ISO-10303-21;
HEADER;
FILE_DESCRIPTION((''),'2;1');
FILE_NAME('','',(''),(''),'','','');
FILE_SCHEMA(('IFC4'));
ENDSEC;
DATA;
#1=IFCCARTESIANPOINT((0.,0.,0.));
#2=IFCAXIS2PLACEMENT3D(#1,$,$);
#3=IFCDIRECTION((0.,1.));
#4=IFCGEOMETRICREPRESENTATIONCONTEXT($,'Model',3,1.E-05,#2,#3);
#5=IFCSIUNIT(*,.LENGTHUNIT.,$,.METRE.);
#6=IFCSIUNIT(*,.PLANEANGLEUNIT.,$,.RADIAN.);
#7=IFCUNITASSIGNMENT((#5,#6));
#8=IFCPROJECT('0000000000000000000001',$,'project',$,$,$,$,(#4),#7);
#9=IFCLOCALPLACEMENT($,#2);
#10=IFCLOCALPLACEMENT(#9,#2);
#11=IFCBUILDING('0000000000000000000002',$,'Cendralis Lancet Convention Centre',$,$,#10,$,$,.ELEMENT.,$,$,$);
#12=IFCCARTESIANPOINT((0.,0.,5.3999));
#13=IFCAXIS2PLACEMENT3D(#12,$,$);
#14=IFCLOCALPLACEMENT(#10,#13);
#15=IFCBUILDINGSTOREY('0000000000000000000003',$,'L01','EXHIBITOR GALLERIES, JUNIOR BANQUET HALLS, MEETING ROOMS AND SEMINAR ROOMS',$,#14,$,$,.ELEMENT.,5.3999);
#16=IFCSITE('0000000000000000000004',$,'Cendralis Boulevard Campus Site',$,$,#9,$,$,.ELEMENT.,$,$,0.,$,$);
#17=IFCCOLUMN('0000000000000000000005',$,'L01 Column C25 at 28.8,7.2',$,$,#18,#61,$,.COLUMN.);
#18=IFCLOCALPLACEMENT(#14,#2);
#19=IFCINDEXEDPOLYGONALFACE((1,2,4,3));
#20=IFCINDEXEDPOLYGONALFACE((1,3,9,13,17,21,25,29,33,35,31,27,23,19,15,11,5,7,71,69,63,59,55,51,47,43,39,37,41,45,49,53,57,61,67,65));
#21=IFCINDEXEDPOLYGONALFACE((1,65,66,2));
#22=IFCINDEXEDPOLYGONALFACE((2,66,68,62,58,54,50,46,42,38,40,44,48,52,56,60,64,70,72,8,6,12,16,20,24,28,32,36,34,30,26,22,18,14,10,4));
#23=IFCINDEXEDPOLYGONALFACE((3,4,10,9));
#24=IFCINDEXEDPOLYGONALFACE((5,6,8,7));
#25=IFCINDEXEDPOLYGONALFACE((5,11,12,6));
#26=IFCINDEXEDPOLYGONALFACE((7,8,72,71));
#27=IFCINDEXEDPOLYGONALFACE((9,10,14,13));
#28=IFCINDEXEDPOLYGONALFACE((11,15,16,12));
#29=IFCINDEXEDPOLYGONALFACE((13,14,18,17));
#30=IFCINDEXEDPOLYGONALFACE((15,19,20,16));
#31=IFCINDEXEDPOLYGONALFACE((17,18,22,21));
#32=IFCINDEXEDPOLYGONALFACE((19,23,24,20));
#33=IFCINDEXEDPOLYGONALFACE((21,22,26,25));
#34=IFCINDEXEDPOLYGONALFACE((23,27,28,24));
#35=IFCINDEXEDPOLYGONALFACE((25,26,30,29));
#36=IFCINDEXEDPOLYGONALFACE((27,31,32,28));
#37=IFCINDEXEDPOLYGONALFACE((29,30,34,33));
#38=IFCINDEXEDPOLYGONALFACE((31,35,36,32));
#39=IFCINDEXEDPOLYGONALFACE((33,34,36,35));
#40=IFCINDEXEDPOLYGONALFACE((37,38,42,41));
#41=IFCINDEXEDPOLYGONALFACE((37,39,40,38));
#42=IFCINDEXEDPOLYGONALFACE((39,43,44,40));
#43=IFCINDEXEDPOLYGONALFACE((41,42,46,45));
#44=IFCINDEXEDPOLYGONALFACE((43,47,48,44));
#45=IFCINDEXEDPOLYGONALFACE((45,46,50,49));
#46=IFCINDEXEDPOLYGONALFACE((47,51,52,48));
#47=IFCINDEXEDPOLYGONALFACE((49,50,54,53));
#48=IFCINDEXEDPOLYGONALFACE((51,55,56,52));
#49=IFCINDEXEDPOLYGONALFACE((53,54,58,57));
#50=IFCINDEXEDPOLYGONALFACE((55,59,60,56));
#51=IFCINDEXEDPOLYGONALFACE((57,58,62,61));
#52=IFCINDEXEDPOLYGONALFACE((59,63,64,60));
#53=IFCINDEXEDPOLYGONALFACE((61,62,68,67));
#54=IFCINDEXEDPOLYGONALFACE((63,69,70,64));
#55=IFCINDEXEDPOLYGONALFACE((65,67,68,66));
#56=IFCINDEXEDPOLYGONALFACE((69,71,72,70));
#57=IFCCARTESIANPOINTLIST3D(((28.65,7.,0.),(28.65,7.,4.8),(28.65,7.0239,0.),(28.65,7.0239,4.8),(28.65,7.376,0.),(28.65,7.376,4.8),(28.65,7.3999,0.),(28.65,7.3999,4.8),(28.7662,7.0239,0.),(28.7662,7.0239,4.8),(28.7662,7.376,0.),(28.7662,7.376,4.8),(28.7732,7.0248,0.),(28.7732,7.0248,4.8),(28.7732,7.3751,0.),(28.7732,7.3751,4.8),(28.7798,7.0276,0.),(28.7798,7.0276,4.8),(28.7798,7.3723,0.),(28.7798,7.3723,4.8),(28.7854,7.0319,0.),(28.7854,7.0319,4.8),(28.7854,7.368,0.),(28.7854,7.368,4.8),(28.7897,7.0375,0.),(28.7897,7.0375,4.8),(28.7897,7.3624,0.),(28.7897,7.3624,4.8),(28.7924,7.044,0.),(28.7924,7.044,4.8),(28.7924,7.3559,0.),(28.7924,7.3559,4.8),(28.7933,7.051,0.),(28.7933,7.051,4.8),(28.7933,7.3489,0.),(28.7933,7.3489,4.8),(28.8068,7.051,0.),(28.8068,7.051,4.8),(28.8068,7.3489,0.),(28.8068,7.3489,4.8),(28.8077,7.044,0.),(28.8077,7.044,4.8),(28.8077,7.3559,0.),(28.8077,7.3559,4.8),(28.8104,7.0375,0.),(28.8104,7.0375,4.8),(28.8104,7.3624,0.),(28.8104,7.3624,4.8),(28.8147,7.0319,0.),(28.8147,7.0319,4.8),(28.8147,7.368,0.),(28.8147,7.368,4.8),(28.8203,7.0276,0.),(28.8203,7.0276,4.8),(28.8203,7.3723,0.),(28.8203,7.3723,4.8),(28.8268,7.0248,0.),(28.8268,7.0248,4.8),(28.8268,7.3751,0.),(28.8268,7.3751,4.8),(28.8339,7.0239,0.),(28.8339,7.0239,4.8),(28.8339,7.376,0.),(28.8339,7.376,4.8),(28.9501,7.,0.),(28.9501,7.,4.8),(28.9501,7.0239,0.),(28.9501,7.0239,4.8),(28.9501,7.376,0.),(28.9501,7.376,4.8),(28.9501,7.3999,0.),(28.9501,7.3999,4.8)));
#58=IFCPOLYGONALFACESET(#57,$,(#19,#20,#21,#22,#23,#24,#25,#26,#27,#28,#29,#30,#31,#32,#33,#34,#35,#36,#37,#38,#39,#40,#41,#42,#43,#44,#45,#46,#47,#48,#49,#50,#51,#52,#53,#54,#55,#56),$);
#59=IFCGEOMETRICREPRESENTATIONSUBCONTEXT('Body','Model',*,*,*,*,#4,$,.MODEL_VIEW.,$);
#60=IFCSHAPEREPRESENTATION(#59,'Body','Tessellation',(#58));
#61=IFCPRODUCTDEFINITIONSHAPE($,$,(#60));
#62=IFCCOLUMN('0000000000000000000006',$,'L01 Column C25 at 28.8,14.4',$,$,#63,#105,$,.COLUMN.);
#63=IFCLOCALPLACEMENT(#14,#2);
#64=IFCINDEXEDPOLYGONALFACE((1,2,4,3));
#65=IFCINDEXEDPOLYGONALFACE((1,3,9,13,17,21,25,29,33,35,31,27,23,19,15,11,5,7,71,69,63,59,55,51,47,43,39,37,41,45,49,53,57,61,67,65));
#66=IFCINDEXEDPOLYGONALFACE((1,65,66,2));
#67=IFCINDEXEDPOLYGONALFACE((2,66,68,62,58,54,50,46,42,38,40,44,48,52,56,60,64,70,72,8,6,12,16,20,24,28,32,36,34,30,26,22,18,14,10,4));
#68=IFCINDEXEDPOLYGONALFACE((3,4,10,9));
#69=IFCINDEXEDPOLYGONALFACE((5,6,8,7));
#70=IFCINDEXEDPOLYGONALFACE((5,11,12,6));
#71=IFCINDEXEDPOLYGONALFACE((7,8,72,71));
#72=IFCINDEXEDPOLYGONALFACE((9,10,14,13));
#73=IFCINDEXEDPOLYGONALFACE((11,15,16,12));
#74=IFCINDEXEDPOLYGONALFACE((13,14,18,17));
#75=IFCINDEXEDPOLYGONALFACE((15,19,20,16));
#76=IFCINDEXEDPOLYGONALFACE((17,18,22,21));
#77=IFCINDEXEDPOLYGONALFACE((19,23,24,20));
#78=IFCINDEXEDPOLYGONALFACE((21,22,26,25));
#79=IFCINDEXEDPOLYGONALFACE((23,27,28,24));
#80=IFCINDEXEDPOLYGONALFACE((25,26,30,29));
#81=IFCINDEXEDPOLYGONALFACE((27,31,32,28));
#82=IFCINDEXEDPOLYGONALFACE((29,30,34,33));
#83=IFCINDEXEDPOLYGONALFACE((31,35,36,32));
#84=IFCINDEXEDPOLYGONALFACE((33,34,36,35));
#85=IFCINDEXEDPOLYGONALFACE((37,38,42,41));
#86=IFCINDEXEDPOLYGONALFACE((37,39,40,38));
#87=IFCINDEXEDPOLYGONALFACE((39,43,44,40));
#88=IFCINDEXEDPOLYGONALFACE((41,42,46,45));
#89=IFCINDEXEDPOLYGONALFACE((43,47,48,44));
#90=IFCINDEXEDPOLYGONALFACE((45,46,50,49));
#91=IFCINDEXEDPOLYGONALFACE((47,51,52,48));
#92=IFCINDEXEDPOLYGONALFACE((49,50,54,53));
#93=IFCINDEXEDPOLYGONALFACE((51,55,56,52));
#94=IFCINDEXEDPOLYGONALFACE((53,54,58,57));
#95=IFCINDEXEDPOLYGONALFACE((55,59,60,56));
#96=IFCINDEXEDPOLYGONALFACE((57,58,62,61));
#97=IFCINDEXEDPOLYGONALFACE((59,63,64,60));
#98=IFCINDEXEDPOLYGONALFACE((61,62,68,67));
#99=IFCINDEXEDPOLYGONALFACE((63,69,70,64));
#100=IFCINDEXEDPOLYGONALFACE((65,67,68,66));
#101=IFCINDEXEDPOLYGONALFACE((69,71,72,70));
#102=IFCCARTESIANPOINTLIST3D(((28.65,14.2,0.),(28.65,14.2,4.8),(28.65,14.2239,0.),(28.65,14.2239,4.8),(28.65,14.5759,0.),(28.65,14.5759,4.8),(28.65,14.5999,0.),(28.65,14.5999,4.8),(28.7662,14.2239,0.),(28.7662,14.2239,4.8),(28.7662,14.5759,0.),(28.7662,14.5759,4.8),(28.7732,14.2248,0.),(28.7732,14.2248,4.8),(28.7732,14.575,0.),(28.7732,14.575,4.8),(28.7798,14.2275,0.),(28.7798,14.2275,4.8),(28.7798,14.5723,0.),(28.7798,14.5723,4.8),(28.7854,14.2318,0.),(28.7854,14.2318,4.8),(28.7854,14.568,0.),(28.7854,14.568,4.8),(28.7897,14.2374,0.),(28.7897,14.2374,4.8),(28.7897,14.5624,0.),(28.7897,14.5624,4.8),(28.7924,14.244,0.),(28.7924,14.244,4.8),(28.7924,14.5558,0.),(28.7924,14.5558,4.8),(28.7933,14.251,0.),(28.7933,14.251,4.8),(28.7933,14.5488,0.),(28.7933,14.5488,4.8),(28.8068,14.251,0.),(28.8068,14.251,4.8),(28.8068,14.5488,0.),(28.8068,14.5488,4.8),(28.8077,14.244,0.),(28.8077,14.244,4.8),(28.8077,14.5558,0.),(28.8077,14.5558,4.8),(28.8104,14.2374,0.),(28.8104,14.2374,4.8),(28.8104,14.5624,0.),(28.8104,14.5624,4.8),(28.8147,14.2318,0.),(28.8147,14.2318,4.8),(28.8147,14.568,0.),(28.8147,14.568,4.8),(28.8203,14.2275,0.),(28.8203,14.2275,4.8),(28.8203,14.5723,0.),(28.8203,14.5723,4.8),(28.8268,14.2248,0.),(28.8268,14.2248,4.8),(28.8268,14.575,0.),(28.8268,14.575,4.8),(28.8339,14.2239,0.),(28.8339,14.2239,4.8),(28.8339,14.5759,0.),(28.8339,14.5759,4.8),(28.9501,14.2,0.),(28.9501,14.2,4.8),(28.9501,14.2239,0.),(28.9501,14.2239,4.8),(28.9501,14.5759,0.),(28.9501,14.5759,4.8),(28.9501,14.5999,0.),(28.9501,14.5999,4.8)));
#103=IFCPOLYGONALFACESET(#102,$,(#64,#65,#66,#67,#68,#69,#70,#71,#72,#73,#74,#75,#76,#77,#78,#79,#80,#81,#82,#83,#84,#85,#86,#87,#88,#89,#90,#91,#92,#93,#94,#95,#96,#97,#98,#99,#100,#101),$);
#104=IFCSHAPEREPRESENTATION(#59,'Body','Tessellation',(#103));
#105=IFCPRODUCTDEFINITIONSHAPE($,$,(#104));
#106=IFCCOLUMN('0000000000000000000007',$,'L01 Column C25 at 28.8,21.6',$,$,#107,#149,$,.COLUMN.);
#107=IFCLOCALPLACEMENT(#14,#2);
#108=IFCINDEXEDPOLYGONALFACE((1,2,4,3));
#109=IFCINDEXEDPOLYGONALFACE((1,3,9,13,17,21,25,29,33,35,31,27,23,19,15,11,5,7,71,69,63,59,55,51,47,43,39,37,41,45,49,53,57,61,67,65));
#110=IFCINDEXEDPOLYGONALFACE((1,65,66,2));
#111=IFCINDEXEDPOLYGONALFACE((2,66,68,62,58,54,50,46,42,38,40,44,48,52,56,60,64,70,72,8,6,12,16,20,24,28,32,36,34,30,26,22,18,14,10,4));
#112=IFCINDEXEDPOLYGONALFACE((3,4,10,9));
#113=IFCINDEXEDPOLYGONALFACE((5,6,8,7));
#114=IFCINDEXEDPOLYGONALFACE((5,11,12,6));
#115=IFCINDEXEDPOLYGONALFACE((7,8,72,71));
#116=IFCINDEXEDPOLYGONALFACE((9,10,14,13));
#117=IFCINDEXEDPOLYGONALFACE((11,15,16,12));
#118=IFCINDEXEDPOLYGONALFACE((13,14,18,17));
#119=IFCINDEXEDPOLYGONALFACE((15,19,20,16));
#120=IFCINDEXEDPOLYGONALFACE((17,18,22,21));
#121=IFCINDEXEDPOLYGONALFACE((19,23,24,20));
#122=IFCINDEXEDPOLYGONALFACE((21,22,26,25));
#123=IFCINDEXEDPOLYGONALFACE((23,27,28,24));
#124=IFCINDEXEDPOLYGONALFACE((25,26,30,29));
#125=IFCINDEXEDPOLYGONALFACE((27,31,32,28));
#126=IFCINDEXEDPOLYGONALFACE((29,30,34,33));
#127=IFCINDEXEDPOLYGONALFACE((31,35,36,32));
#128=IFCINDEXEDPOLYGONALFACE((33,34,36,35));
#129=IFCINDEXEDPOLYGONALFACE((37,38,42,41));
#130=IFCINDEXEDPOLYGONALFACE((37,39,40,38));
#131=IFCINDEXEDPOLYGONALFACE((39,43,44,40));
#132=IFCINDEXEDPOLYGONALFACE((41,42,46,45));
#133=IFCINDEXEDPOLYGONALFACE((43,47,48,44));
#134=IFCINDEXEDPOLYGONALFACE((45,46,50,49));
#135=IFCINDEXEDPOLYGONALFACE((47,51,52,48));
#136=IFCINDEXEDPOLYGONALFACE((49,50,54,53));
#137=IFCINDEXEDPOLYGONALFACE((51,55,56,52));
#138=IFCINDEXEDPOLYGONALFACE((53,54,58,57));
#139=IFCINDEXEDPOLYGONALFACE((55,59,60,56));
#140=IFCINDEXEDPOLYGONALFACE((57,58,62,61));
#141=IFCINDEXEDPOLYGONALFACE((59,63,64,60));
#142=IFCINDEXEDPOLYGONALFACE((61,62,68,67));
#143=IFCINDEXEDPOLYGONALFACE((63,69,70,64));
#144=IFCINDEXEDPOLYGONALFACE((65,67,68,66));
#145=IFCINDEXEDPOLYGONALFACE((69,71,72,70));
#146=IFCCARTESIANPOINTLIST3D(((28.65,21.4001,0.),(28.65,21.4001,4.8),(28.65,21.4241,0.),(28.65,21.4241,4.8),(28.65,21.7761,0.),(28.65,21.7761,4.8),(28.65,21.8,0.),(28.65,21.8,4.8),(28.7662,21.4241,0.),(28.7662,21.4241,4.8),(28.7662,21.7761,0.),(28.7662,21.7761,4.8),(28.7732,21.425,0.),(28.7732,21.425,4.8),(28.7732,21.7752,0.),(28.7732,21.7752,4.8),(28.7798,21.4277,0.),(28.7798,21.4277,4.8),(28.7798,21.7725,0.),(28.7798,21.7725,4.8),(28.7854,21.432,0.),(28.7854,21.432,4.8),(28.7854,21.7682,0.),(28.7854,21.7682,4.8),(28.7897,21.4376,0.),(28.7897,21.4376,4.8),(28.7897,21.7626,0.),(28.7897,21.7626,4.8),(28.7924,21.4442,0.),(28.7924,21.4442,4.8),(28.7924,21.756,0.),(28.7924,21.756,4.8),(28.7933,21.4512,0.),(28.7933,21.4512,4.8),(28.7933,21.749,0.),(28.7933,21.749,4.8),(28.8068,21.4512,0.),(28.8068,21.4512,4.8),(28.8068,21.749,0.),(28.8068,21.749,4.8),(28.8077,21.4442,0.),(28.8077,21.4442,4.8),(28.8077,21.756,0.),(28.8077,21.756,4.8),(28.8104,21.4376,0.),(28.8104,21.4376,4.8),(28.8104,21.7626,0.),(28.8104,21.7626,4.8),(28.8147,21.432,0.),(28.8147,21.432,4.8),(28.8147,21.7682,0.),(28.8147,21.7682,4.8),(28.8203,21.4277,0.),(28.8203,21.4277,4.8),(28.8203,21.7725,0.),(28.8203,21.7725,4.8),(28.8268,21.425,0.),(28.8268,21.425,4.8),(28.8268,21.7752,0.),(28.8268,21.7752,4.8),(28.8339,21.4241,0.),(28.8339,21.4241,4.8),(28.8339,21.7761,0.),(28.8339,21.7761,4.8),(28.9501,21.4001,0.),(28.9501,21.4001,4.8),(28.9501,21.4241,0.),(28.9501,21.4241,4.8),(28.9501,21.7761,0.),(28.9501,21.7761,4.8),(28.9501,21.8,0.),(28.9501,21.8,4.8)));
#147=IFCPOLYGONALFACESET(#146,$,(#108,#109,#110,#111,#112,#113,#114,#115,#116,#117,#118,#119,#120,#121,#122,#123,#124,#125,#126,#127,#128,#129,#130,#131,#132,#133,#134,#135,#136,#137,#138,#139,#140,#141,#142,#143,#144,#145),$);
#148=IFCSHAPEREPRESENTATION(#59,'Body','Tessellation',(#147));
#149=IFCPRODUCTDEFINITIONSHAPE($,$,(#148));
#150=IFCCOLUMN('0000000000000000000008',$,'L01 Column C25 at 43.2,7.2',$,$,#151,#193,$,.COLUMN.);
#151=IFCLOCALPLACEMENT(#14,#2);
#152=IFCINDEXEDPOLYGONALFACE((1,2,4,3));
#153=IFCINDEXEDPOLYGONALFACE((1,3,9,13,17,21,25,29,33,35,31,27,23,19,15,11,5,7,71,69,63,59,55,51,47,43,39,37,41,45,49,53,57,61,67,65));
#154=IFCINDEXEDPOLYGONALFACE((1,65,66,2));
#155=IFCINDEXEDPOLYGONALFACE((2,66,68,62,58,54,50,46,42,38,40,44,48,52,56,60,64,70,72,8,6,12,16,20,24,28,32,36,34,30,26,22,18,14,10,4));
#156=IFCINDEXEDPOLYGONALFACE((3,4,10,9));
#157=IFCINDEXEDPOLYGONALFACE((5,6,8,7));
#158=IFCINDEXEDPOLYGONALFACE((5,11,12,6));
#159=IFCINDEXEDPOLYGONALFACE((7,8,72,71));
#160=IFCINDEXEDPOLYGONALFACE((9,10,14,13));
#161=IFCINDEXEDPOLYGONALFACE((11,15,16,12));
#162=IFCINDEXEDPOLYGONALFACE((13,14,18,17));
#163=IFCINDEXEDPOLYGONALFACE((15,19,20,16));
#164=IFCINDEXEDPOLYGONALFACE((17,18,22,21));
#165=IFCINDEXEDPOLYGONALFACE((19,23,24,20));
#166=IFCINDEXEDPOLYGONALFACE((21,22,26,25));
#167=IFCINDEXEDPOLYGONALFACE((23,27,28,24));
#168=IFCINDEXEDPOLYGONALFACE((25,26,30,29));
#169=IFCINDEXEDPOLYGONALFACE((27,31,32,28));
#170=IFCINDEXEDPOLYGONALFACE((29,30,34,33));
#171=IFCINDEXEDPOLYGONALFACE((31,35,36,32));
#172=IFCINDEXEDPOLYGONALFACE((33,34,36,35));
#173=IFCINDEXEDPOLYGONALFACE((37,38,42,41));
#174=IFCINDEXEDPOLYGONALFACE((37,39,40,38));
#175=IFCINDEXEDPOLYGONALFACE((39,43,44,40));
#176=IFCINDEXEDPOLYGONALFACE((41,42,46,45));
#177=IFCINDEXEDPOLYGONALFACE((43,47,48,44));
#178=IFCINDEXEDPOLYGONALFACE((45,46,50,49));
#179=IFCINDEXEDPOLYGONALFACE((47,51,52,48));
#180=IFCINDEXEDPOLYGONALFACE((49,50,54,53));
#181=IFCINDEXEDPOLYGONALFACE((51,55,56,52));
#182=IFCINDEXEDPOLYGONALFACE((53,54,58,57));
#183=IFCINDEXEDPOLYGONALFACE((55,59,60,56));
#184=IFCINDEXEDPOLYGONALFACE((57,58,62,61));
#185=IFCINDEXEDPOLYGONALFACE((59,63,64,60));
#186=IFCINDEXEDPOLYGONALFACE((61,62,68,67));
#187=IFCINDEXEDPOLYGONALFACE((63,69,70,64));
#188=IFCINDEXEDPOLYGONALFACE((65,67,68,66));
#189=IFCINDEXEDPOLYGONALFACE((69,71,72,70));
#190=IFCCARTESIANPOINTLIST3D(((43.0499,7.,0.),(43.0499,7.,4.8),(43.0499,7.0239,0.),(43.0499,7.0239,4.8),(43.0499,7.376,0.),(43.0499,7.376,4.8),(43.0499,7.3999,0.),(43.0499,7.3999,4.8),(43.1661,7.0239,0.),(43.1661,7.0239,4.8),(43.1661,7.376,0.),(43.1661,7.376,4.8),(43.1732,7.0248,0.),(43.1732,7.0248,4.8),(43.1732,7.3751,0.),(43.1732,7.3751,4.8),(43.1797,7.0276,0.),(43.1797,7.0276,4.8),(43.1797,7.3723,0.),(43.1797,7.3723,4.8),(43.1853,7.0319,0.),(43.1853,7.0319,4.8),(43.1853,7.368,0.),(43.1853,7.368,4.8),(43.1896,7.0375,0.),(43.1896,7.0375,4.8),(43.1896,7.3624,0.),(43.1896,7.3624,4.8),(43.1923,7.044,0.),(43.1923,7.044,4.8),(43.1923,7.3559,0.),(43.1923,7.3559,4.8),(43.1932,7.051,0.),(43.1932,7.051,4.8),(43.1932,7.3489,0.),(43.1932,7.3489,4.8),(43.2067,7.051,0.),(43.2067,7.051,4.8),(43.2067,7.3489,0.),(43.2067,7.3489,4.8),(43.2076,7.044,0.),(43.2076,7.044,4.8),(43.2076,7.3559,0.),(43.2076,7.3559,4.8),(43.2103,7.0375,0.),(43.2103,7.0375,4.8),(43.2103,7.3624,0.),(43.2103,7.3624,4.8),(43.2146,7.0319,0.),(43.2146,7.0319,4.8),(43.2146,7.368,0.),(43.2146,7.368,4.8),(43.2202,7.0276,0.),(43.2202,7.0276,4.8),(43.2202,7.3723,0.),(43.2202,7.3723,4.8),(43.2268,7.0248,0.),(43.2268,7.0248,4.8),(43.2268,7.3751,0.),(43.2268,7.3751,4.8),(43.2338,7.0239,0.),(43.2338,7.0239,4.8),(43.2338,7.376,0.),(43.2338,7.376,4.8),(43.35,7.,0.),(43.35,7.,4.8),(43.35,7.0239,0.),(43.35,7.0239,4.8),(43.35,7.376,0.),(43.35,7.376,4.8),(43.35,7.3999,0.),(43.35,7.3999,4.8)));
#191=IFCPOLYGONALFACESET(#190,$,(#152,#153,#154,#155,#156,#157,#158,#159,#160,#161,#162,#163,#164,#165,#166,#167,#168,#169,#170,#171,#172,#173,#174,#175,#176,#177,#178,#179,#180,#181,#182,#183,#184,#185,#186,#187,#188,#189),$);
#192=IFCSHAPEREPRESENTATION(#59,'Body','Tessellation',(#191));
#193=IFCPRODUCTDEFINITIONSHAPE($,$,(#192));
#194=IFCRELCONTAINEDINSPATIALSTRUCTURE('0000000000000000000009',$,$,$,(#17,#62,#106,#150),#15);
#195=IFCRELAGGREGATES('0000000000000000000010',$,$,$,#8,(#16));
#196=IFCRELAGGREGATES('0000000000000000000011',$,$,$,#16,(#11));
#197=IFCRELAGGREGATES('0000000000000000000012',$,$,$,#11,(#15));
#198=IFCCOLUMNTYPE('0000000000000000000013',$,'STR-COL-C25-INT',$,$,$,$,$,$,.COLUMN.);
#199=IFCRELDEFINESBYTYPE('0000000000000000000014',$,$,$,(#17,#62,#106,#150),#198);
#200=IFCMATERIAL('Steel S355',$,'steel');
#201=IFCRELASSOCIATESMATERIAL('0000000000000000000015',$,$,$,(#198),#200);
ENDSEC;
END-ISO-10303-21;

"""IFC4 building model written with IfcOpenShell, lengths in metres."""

from ifc_helpers import new_model, si_unit, direction, frame, origin, origin_2d, place, context, subcontext, project, spatial, i_section, extrude, material, material_profile, profile_set, type_object, element, save


model = new_model("IFC4")

# Units and contexts
model_context = context("Model", 3, precision=1e-05, world=origin(), true_north=direction((0.0, 1.0)))
body_context = subcontext(model_context, "Body", "Model", "MODEL_VIEW")
ifc_project = project(units=[si_unit("LENGTHUNIT", "METRE"), si_unit("PLANEANGLEUNIT", "RADIAN")], contexts=[model_context])

# Site, building, storey
site_placement = place(None, origin())
site = spatial("IfcSite", under=ifc_project, at=site_placement, Name="Cendralis Boulevard Campus Site", CompositionType="ELEMENT", RefElevation=0.0)
building_placement = place(site_placement, origin())
building = spatial("IfcBuilding", under=site, at=building_placement, Name="Cendralis Lancet Convention Centre", CompositionType="ELEMENT")
storey_placement = place(building_placement, frame((0.0, 0.0, 5.3999)))
storey = spatial("IfcBuildingStorey", under=building, at=storey_placement, Name="L01", Description="EXHIBITOR GALLERIES, JUNIOR BANQUET HALLS, MEETING ROOMS AND SEMINAR ROOMS", CompositionType="ELEMENT", Elevation=5.3999)

# Columns
ifc_material_1 = material(Name="Steel S355", Category="steel")
ifc_material_profile_1 = material_profile(ifc_material_1, i_section(OverallWidth=0.3, OverallDepth=0.3999, WebThickness=0.0134, FlangeThickness=0.0239, FilletRadius=0.0271, at=origin_2d()), Name="HEB 400")
ifc_profile_set_1 = profile_set([ifc_material_profile_1], Name="Steel S355")
column_type = type_object("IfcColumnType", Name="STR-COL-C25-INT", PredefinedType="COLUMN", material=ifc_profile_set_1)
for number, where, z_axis, x_axis, name in (
    (1, (28.8, 7.2, 0.0), (0.0, 0.0, 1.0), (1.0, 0.0, 0.0), "L01 Column C25 at 28.8,7.2"),
    (2, (28.8, 14.3999, 0.0), (0.0, 0.0, 1.0), (1.0, 0.0, 0.0), "L01 Column C25 at 28.8,14.4"),
    (3, (28.8, 21.6001, 0.0), (0.0, 0.0, 1.0), (1.0, 0.0, 0.0), "L01 Column C25 at 28.8,21.6"),
    (4, (43.2, 7.2, 0.0), (0.0, 0.0, 1.0), (1.0, 0.0, 0.0), "L01 Column C25 at 43.2,7.2"),
):
    element("IfcColumn", number, at=place(storey_placement, frame(where, z_axis=z_axis, x_axis=x_axis)), inside=storey, type_object=column_type, Name=name, PredefinedType="COLUMN", context=body_context, shape_type="SweptSolid", body=[
        extrude(i_section(OverallWidth=0.3, OverallDepth=0.3999, WebThickness=0.0134, FlangeThickness=0.0239, FilletRadius=0.0271, at=origin_2d()), origin(), (0.0, 0.0, 1.0), 4.8),
    ])

save(model, "model.ifc")
